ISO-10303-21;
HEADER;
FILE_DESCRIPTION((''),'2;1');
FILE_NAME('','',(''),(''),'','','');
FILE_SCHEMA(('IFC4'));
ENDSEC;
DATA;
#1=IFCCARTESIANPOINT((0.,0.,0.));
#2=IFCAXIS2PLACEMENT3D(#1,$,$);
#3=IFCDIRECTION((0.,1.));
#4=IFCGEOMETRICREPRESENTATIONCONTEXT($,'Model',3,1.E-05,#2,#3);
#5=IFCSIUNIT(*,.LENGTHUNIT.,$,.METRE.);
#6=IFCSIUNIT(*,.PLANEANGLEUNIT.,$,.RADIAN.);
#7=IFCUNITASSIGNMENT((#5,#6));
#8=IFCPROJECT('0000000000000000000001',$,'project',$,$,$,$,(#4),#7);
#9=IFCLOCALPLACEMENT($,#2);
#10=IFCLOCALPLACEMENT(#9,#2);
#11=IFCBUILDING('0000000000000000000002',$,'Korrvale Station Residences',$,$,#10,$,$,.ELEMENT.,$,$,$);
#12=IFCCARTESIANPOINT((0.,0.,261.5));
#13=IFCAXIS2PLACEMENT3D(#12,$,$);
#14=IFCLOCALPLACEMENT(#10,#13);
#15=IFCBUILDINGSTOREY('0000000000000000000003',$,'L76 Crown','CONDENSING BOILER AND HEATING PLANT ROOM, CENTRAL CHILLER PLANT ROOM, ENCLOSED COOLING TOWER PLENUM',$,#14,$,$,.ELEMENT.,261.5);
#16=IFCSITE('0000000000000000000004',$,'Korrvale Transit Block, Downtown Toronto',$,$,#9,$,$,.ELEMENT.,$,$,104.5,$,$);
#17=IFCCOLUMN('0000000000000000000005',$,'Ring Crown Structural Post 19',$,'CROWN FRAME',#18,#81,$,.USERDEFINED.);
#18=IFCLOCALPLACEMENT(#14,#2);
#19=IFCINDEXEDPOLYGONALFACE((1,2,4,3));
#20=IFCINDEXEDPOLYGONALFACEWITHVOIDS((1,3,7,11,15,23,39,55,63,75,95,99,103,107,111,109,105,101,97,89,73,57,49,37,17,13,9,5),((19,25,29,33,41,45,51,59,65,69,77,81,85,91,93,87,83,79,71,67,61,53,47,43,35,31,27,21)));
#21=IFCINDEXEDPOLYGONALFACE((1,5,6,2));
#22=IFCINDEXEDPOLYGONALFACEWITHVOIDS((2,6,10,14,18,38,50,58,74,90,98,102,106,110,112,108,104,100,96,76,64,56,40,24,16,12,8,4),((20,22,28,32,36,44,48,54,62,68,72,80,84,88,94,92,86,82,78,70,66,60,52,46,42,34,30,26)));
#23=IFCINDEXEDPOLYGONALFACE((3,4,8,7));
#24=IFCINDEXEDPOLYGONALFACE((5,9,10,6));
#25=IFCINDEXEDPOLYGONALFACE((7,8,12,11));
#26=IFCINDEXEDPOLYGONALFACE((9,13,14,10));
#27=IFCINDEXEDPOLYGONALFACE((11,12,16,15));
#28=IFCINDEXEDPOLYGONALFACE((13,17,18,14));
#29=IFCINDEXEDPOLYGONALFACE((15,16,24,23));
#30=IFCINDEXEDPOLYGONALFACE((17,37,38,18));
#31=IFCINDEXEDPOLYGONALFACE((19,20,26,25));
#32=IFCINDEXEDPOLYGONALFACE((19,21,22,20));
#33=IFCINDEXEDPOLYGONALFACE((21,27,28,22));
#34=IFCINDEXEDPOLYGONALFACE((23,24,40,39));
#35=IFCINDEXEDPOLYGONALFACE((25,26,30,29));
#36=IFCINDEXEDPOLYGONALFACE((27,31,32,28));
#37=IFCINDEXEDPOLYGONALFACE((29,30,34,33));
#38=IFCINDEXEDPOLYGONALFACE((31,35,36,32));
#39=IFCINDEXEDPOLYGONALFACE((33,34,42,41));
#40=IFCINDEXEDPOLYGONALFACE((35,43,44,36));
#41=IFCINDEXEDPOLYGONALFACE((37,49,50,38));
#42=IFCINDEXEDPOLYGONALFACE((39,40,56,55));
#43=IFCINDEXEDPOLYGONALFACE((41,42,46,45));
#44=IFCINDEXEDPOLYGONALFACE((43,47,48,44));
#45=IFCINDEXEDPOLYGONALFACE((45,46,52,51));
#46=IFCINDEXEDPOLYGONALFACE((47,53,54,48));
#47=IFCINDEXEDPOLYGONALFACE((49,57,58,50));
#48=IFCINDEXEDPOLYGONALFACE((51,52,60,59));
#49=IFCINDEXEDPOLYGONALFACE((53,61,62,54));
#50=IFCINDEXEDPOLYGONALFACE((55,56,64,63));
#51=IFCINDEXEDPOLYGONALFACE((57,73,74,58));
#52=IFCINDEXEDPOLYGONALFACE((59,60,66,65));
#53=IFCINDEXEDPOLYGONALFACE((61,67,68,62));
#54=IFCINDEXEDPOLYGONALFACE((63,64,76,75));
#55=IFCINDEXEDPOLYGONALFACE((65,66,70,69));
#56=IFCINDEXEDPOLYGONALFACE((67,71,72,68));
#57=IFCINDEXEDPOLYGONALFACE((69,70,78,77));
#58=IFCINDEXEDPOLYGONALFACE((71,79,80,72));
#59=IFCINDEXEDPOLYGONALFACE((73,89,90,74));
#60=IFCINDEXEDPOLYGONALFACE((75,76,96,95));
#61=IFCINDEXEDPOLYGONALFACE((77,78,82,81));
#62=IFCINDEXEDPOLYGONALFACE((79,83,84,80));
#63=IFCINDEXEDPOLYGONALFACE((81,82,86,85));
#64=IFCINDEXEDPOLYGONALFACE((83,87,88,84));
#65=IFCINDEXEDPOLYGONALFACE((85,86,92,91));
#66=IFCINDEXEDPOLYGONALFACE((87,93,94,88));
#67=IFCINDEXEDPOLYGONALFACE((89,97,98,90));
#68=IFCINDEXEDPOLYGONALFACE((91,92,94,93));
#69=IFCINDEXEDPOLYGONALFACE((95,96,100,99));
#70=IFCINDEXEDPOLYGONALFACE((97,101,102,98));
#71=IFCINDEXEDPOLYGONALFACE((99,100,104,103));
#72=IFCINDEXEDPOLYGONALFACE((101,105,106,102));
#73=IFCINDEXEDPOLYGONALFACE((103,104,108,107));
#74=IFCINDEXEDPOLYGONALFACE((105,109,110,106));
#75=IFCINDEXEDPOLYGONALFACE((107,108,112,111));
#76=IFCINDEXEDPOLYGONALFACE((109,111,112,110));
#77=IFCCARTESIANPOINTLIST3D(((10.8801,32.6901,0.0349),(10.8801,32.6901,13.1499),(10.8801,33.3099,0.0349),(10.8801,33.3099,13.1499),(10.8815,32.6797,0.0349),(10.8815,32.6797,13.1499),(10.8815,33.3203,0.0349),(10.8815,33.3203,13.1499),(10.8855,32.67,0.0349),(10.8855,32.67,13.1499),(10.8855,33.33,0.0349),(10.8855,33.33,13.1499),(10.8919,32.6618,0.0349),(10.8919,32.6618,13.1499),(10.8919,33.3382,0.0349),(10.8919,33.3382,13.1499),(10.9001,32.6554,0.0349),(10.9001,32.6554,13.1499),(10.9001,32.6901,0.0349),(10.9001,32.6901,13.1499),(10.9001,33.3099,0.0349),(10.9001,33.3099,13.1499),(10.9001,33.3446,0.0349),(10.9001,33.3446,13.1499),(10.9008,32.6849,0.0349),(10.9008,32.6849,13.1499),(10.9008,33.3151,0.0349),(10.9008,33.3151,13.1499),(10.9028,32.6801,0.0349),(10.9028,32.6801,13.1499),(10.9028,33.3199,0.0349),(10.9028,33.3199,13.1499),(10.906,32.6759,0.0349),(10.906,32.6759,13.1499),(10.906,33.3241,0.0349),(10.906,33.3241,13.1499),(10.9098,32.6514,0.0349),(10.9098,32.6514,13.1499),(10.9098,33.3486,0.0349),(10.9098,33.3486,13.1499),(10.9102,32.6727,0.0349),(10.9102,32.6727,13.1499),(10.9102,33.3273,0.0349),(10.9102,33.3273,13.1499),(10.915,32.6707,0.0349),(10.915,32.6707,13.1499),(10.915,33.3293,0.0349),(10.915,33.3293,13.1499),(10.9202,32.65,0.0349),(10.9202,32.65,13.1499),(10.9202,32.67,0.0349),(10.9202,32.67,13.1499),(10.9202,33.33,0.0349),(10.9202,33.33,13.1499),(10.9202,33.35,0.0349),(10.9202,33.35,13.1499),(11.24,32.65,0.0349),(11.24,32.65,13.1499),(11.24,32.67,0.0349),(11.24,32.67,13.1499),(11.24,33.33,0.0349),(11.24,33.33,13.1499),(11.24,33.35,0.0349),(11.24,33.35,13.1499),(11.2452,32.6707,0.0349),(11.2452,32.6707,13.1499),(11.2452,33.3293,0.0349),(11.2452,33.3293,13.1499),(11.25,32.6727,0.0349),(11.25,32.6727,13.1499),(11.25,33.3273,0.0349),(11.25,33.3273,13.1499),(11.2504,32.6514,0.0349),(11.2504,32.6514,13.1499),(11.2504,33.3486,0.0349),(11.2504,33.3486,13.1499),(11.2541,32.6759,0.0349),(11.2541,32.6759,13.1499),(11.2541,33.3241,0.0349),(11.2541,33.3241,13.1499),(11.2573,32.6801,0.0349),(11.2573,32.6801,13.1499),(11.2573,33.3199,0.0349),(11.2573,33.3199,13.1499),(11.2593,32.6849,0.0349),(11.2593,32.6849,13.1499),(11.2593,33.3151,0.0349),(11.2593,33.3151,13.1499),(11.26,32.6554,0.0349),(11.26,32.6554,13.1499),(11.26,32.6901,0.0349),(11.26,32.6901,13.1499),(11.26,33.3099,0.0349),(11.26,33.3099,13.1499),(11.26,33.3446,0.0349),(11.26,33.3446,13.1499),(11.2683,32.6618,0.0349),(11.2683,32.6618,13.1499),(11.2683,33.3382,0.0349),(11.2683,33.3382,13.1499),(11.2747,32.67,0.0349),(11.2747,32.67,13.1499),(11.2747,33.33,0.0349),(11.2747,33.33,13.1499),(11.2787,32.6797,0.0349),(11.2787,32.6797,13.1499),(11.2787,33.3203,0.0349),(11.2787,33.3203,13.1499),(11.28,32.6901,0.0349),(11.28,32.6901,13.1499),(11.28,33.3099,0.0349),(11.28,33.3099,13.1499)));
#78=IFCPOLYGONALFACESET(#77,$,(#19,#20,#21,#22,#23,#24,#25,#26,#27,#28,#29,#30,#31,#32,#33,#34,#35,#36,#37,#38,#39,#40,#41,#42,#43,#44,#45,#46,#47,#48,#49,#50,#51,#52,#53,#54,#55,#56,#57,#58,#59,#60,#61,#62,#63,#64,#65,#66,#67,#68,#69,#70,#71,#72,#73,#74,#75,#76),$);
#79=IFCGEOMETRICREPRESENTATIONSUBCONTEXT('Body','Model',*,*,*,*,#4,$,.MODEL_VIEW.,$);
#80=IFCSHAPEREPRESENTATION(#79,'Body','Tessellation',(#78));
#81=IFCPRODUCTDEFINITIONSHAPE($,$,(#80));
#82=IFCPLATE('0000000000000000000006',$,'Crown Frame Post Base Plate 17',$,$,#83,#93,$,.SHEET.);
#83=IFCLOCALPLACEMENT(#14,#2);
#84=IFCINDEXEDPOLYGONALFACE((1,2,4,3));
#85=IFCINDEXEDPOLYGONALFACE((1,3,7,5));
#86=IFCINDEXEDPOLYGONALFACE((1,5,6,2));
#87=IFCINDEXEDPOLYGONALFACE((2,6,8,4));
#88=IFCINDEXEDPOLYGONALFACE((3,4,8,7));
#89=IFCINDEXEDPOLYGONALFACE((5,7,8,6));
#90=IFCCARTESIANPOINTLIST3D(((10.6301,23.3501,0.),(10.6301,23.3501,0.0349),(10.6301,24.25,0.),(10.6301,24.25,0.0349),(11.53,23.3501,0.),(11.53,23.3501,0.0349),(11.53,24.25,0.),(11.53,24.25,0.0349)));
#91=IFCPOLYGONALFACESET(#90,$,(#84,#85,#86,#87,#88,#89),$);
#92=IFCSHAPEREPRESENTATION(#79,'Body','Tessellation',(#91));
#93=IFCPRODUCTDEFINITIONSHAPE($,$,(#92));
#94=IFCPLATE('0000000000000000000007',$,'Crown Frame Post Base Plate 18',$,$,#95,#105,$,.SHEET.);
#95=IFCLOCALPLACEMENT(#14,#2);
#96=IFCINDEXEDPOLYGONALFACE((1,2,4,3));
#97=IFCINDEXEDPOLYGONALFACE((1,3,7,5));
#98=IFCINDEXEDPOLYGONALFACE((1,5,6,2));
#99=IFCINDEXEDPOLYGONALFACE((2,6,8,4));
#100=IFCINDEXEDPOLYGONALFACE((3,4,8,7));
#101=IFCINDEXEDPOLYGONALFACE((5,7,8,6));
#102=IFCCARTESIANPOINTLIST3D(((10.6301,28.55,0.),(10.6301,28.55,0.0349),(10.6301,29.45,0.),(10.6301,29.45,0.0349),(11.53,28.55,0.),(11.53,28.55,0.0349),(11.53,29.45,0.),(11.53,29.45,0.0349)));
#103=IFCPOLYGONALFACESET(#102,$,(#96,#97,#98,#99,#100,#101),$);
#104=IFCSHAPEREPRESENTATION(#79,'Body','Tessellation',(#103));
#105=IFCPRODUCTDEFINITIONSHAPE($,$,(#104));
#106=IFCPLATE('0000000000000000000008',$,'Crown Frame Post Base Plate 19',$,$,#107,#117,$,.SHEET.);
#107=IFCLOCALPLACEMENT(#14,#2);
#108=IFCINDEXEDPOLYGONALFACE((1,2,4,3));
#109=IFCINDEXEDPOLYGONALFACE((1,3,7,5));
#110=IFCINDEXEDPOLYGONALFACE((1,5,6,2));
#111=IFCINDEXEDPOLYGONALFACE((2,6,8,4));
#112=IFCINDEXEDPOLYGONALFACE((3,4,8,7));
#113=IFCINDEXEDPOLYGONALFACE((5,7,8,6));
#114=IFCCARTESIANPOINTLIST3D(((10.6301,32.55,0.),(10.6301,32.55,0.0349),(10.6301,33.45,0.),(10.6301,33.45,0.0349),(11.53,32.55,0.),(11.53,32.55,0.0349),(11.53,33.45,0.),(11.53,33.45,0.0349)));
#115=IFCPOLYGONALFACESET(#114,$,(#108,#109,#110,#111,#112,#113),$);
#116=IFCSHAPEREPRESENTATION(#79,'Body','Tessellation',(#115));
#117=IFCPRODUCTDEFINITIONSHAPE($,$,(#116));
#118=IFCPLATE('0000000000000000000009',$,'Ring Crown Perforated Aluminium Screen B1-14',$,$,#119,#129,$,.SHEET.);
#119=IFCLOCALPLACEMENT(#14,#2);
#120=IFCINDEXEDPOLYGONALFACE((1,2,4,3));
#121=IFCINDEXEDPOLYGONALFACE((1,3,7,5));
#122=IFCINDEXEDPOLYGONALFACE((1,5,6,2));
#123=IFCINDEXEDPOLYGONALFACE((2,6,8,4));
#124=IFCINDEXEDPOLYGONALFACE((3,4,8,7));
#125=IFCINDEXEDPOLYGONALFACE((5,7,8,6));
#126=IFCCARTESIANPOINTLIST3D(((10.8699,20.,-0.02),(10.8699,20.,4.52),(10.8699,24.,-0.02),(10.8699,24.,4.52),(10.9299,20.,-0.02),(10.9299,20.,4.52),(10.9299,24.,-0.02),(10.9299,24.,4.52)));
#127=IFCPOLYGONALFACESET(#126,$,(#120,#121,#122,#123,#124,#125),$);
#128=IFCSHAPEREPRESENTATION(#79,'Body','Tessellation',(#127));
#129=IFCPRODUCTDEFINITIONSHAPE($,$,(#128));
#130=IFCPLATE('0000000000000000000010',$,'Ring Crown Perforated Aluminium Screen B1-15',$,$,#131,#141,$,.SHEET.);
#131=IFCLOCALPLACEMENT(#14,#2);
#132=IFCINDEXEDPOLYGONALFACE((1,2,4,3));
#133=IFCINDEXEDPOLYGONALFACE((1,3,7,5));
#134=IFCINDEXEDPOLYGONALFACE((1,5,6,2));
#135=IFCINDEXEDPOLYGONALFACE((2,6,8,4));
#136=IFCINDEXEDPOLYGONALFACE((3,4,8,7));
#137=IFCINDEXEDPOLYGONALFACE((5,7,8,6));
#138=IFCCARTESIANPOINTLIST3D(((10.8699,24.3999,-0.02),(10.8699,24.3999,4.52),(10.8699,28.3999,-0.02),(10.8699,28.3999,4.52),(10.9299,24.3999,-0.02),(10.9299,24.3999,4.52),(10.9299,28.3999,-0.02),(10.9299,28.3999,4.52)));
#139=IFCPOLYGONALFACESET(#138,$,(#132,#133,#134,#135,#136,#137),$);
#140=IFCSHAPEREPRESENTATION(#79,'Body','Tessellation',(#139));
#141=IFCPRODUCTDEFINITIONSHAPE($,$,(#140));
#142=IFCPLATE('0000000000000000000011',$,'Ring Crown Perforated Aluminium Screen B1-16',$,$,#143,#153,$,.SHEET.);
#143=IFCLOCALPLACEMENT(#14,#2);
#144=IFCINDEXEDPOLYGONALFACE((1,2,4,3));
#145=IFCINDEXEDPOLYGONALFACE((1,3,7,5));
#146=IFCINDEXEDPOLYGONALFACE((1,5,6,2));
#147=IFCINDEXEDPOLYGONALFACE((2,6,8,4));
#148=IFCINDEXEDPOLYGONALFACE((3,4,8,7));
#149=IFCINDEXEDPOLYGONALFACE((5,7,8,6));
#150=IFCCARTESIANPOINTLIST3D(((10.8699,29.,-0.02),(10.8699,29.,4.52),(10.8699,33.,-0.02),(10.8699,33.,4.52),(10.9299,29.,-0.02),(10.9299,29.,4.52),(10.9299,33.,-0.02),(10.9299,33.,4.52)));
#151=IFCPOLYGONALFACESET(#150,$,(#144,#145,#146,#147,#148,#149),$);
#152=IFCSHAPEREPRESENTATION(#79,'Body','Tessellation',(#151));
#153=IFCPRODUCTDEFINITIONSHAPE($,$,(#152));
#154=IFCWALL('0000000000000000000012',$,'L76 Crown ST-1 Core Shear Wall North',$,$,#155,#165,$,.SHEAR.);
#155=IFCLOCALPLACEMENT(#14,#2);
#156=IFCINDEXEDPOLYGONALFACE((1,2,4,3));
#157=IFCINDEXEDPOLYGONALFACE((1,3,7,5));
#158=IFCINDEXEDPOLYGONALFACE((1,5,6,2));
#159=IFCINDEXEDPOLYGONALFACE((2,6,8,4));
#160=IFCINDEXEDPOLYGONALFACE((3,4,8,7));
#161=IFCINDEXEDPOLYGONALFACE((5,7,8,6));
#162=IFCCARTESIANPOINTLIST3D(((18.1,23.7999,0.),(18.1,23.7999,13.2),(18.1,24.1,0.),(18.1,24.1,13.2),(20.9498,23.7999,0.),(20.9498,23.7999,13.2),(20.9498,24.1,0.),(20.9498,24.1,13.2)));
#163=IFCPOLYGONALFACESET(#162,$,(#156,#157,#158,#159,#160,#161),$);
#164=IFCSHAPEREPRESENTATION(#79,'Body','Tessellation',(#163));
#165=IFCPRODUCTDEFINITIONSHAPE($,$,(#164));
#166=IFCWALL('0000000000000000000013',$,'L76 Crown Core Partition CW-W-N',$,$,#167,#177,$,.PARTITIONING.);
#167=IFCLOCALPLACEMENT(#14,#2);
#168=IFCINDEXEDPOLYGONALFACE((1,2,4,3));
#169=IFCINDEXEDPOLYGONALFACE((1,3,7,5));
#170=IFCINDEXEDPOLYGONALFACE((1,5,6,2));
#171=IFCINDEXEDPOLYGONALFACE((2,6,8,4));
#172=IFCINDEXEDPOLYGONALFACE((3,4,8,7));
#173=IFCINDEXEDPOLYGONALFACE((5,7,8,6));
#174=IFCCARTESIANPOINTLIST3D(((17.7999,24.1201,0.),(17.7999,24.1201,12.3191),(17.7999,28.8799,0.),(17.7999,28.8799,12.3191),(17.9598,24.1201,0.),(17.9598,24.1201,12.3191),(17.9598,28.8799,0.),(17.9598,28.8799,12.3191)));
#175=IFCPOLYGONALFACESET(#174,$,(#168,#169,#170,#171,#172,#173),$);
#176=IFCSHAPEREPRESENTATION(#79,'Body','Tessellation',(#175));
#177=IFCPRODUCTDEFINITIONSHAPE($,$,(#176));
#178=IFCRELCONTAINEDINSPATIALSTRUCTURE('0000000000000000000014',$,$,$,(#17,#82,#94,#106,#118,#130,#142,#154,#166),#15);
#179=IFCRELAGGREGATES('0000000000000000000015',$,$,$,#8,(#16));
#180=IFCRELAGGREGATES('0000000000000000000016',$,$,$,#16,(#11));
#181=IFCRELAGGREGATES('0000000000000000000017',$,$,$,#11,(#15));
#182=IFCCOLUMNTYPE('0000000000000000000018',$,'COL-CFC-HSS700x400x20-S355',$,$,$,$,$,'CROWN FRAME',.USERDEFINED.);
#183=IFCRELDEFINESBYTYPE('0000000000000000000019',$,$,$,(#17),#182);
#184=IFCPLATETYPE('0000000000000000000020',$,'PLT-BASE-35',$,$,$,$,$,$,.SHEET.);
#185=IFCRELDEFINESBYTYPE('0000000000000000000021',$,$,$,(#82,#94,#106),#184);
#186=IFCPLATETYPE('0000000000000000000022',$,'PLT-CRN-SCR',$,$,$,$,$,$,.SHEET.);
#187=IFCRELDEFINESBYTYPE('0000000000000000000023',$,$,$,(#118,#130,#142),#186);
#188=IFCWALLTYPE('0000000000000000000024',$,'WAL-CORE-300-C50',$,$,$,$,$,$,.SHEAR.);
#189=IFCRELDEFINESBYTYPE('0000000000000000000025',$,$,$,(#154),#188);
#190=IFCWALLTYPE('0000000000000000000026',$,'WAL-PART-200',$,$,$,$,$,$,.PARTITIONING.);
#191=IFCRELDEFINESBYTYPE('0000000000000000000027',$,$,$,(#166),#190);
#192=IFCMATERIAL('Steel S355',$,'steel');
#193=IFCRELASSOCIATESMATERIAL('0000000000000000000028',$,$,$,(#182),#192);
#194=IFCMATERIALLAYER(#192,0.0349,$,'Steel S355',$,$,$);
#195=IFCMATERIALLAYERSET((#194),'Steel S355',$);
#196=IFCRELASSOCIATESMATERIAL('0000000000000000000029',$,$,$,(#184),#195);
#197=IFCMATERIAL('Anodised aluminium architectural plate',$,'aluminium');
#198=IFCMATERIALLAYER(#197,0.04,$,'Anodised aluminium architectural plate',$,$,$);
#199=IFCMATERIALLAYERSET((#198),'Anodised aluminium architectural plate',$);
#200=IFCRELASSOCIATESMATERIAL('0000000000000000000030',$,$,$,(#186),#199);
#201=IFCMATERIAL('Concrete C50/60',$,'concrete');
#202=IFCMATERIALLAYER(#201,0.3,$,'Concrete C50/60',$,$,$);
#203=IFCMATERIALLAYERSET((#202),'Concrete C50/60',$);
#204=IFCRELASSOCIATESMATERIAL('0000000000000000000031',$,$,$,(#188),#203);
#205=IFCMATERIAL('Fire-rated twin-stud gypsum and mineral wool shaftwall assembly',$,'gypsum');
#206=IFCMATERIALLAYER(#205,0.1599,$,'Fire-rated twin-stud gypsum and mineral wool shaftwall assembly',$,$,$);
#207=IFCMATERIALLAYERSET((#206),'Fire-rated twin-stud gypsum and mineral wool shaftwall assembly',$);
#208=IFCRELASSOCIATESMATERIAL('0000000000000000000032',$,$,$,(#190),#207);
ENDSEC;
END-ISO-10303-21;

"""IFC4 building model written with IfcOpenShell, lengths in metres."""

from ifc_helpers import new_model, si_unit, direction, frame, frame_2d, origin, origin_2d, place, context, subcontext, project, spatial, rectangle, hollow_rectangle, extrude, material, layer, layer_set, material_profile, profile_set, type_object, element, save


model = new_model("IFC4")

# Units and contexts
model_context = context("Model", 3, precision=1e-05, world=origin(), true_north=direction((0.0, 1.0)))
body_context = subcontext(model_context, "Body", "Model", "MODEL_VIEW")
ifc_project = project(units=[si_unit("LENGTHUNIT", "METRE"), si_unit("PLANEANGLEUNIT", "RADIAN")], contexts=[model_context])

# Site, building, storey
site_placement = place(None, origin())
site = spatial("IfcSite", under=ifc_project, at=site_placement, Name="Korrvale Transit Block, Downtown Toronto", CompositionType="ELEMENT", RefElevation=104.5)
building_placement = place(site_placement, origin())
building = spatial("IfcBuilding", under=site, at=building_placement, Name="Korrvale Station Residences", CompositionType="ELEMENT")
storey_placement = place(building_placement, frame((0.0, 0.0, 261.5)))
storey = spatial("IfcBuildingStorey", under=building, at=storey_placement, Name="L76 Crown", Description="CONDENSING BOILER AND HEATING PLANT ROOM, CENTRAL CHILLER PLANT ROOM, ENCLOSED COOLING TOWER PLENUM", CompositionType="ELEMENT", Elevation=261.5)

# Column
ifc_material_1 = material(Name="Concrete C50/60", Category="concrete")
ifc_material_2 = material(Name="Steel S355", Category="steel")
ifc_material_profile_1 = material_profile(ifc_material_2, hollow_rectangle(XDim=0.3999, YDim=0.7, WallThickness=0.02, InnerFilletRadius=0.02, OuterFilletRadius=0.04, at=origin_2d()), Name="HSS700x400x20")
ifc_profile_set_1 = profile_set([ifc_material_profile_1], Name="Steel S355")
column_type_1 = type_object("IfcColumnType", Name="COL-CFC-HSS700x400x20-S355", ElementType="CROWN FRAME", PredefinedType="USERDEFINED", material=ifc_profile_set_1)
for number, where, z_axis, x_axis, name in (
    (1, (11.0801, 33.0, 0.0349), (0.0, 0.0, 1.0), (1.0, 0.0, 0.0), "Ring Crown Structural Post 19"),
):
    element("IfcColumn", number, at=place(storey_placement, frame(where, z_axis=z_axis, x_axis=x_axis)), inside=storey, type_object=column_type_1, Name=name, ObjectType="CROWN FRAME", PredefinedType="USERDEFINED", context=body_context, shape_type="SweptSolid", body=[
        extrude(hollow_rectangle(XDim=0.3999, YDim=0.7, WallThickness=0.02, InnerFilletRadius=0.02, OuterFilletRadius=0.04, at=origin_2d()), origin(), (0.0, 0.0, 1.0), 13.115),
    ])

# Plates
ifc_layer_1 = layer(ifc_material_2, 0.0349, Name="Steel S355")
ifc_layer_set_1 = layer_set([ifc_layer_1], Name="Steel S355")
plate_type_1 = type_object("IfcPlateType", Name="PLT-BASE-35", PredefinedType="SHEET", material=ifc_layer_set_1)
for number, where, z_axis, x_axis, name in (
    (2, (11.0801, 23.8, 0.0), (0.0, 0.0, 1.0), (1.0, 0.0, 0.0), "Crown Frame Post Base Plate 17"),
    (3, (11.0801, 29.0, 0.0), (0.0, 0.0, 1.0), (1.0, 0.0, 0.0), "Crown Frame Post Base Plate 18"),
    (4, (11.0801, 33.0, 0.0), (0.0, 0.0, 1.0), (1.0, 0.0, 0.0), "Crown Frame Post Base Plate 19"),
):
    element("IfcPlate", number, at=place(storey_placement, frame(where, z_axis=z_axis, x_axis=x_axis)), inside=storey, type_object=plate_type_1, Name=name, PredefinedType="SHEET", context=body_context, shape_type="SweptSolid", body=[
        extrude(rectangle(XDim=0.8999, YDim=0.8999, at=origin_2d()), origin(), (0.0, 0.0, 1.0), 0.0349),
    ])
ifc_material_3 = material(Name="Anodised aluminium architectural plate", Category="aluminium")
ifc_layer_2 = layer(ifc_material_3, 0.04, Name="Anodised aluminium architectural plate")
ifc_layer_set_2 = layer_set([ifc_layer_2], Name="Anodised aluminium architectural plate")
plate_type_2 = type_object("IfcPlateType", Name="PLT-CRN-SCR", PredefinedType="SHEET", material=ifc_layer_set_2)
for number, where, z_axis, x_axis, name in (
    (5, (10.8999, 22.0, -0.02), (0.0, 0.0, 1.0), (0.0, 1.0, 0.0), "Ring Crown Perforated Aluminium Screen B1-14"),
    (6, (10.8999, 26.3999, -0.02), (0.0, 0.0, 1.0), (0.0, 1.0, 0.0), "Ring Crown Perforated Aluminium Screen B1-15"),
    (7, (10.8999, 31.0, -0.02), (0.0, 0.0, 1.0), (0.0, 1.0, 0.0), "Ring Crown Perforated Aluminium Screen B1-16"),
):
    element("IfcPlate", number, at=place(storey_placement, frame(where, z_axis=z_axis, x_axis=x_axis)), inside=storey, type_object=plate_type_2, Name=name, PredefinedType="SHEET", context=body_context, shape_type="SweptSolid", body=[
        extrude(rectangle(XDim=4.0, YDim=0.0601, at=origin_2d()), origin(), (0.0, 0.0, 1.0), 4.54),
    ])

# Walls
ifc_layer_3 = layer(ifc_material_1, 0.3, Name="Concrete C50/60")
ifc_layer_set_3 = layer_set([ifc_layer_3], Name="Concrete C50/60")
wall_type_1 = type_object("IfcWallType", Name="WAL-CORE-300-C50", PredefinedType="SHEAR", material=ifc_layer_set_3)
wall_1_placement = place(storey_placement, frame((18.1001, 23.95, 0.0), z_axis=(0.0, 0.0, 1.0), x_axis=(1.0, 0.0, 0.0)))
element("IfcWall", 8, at=wall_1_placement, inside=storey, type_object=wall_type_1, Name="L76 Crown ST-1 Core Shear Wall North", PredefinedType="SHEAR", context=body_context, shape_type="SweptSolid", body=[
    extrude(rectangle(XDim=2.8499, YDim=0.3, at=frame_2d((1.4248, 0.0))), origin(), (0.0, 0.0, 1.0), 13.2),
])
ifc_material_4 = material(Name="Fire-rated twin-stud gypsum and mineral wool shaftwall assembly", Category="gypsum")
ifc_layer_4 = layer(ifc_material_4, 0.1599, Name="Fire-rated twin-stud gypsum and mineral wool shaftwall assembly")
ifc_layer_set_4 = layer_set([ifc_layer_4], Name="Fire-rated twin-stud gypsum and mineral wool shaftwall assembly")
wall_type_2 = type_object("IfcWallType", Name="WAL-PART-200", PredefinedType="PARTITIONING", material=ifc_layer_set_4)
wall_2_placement = place(storey_placement, frame((17.8799, 24.1201, 0.0), z_axis=(0.0, 0.0, 1.0), x_axis=(0.0, 1.0, 0.0)))
element("IfcWall", 9, at=wall_2_placement, inside=storey, type_object=wall_type_2, Name="L76 Crown Core Partition CW-W-N", PredefinedType="PARTITIONING", context=body_context, shape_type="SweptSolid", body=[
    extrude(rectangle(XDim=4.7598, YDim=0.1599, at=frame_2d((2.3799, 0.0))), origin(), (0.0, 0.0, 1.0), 12.3191),
])

save(model, "model.ifc")
